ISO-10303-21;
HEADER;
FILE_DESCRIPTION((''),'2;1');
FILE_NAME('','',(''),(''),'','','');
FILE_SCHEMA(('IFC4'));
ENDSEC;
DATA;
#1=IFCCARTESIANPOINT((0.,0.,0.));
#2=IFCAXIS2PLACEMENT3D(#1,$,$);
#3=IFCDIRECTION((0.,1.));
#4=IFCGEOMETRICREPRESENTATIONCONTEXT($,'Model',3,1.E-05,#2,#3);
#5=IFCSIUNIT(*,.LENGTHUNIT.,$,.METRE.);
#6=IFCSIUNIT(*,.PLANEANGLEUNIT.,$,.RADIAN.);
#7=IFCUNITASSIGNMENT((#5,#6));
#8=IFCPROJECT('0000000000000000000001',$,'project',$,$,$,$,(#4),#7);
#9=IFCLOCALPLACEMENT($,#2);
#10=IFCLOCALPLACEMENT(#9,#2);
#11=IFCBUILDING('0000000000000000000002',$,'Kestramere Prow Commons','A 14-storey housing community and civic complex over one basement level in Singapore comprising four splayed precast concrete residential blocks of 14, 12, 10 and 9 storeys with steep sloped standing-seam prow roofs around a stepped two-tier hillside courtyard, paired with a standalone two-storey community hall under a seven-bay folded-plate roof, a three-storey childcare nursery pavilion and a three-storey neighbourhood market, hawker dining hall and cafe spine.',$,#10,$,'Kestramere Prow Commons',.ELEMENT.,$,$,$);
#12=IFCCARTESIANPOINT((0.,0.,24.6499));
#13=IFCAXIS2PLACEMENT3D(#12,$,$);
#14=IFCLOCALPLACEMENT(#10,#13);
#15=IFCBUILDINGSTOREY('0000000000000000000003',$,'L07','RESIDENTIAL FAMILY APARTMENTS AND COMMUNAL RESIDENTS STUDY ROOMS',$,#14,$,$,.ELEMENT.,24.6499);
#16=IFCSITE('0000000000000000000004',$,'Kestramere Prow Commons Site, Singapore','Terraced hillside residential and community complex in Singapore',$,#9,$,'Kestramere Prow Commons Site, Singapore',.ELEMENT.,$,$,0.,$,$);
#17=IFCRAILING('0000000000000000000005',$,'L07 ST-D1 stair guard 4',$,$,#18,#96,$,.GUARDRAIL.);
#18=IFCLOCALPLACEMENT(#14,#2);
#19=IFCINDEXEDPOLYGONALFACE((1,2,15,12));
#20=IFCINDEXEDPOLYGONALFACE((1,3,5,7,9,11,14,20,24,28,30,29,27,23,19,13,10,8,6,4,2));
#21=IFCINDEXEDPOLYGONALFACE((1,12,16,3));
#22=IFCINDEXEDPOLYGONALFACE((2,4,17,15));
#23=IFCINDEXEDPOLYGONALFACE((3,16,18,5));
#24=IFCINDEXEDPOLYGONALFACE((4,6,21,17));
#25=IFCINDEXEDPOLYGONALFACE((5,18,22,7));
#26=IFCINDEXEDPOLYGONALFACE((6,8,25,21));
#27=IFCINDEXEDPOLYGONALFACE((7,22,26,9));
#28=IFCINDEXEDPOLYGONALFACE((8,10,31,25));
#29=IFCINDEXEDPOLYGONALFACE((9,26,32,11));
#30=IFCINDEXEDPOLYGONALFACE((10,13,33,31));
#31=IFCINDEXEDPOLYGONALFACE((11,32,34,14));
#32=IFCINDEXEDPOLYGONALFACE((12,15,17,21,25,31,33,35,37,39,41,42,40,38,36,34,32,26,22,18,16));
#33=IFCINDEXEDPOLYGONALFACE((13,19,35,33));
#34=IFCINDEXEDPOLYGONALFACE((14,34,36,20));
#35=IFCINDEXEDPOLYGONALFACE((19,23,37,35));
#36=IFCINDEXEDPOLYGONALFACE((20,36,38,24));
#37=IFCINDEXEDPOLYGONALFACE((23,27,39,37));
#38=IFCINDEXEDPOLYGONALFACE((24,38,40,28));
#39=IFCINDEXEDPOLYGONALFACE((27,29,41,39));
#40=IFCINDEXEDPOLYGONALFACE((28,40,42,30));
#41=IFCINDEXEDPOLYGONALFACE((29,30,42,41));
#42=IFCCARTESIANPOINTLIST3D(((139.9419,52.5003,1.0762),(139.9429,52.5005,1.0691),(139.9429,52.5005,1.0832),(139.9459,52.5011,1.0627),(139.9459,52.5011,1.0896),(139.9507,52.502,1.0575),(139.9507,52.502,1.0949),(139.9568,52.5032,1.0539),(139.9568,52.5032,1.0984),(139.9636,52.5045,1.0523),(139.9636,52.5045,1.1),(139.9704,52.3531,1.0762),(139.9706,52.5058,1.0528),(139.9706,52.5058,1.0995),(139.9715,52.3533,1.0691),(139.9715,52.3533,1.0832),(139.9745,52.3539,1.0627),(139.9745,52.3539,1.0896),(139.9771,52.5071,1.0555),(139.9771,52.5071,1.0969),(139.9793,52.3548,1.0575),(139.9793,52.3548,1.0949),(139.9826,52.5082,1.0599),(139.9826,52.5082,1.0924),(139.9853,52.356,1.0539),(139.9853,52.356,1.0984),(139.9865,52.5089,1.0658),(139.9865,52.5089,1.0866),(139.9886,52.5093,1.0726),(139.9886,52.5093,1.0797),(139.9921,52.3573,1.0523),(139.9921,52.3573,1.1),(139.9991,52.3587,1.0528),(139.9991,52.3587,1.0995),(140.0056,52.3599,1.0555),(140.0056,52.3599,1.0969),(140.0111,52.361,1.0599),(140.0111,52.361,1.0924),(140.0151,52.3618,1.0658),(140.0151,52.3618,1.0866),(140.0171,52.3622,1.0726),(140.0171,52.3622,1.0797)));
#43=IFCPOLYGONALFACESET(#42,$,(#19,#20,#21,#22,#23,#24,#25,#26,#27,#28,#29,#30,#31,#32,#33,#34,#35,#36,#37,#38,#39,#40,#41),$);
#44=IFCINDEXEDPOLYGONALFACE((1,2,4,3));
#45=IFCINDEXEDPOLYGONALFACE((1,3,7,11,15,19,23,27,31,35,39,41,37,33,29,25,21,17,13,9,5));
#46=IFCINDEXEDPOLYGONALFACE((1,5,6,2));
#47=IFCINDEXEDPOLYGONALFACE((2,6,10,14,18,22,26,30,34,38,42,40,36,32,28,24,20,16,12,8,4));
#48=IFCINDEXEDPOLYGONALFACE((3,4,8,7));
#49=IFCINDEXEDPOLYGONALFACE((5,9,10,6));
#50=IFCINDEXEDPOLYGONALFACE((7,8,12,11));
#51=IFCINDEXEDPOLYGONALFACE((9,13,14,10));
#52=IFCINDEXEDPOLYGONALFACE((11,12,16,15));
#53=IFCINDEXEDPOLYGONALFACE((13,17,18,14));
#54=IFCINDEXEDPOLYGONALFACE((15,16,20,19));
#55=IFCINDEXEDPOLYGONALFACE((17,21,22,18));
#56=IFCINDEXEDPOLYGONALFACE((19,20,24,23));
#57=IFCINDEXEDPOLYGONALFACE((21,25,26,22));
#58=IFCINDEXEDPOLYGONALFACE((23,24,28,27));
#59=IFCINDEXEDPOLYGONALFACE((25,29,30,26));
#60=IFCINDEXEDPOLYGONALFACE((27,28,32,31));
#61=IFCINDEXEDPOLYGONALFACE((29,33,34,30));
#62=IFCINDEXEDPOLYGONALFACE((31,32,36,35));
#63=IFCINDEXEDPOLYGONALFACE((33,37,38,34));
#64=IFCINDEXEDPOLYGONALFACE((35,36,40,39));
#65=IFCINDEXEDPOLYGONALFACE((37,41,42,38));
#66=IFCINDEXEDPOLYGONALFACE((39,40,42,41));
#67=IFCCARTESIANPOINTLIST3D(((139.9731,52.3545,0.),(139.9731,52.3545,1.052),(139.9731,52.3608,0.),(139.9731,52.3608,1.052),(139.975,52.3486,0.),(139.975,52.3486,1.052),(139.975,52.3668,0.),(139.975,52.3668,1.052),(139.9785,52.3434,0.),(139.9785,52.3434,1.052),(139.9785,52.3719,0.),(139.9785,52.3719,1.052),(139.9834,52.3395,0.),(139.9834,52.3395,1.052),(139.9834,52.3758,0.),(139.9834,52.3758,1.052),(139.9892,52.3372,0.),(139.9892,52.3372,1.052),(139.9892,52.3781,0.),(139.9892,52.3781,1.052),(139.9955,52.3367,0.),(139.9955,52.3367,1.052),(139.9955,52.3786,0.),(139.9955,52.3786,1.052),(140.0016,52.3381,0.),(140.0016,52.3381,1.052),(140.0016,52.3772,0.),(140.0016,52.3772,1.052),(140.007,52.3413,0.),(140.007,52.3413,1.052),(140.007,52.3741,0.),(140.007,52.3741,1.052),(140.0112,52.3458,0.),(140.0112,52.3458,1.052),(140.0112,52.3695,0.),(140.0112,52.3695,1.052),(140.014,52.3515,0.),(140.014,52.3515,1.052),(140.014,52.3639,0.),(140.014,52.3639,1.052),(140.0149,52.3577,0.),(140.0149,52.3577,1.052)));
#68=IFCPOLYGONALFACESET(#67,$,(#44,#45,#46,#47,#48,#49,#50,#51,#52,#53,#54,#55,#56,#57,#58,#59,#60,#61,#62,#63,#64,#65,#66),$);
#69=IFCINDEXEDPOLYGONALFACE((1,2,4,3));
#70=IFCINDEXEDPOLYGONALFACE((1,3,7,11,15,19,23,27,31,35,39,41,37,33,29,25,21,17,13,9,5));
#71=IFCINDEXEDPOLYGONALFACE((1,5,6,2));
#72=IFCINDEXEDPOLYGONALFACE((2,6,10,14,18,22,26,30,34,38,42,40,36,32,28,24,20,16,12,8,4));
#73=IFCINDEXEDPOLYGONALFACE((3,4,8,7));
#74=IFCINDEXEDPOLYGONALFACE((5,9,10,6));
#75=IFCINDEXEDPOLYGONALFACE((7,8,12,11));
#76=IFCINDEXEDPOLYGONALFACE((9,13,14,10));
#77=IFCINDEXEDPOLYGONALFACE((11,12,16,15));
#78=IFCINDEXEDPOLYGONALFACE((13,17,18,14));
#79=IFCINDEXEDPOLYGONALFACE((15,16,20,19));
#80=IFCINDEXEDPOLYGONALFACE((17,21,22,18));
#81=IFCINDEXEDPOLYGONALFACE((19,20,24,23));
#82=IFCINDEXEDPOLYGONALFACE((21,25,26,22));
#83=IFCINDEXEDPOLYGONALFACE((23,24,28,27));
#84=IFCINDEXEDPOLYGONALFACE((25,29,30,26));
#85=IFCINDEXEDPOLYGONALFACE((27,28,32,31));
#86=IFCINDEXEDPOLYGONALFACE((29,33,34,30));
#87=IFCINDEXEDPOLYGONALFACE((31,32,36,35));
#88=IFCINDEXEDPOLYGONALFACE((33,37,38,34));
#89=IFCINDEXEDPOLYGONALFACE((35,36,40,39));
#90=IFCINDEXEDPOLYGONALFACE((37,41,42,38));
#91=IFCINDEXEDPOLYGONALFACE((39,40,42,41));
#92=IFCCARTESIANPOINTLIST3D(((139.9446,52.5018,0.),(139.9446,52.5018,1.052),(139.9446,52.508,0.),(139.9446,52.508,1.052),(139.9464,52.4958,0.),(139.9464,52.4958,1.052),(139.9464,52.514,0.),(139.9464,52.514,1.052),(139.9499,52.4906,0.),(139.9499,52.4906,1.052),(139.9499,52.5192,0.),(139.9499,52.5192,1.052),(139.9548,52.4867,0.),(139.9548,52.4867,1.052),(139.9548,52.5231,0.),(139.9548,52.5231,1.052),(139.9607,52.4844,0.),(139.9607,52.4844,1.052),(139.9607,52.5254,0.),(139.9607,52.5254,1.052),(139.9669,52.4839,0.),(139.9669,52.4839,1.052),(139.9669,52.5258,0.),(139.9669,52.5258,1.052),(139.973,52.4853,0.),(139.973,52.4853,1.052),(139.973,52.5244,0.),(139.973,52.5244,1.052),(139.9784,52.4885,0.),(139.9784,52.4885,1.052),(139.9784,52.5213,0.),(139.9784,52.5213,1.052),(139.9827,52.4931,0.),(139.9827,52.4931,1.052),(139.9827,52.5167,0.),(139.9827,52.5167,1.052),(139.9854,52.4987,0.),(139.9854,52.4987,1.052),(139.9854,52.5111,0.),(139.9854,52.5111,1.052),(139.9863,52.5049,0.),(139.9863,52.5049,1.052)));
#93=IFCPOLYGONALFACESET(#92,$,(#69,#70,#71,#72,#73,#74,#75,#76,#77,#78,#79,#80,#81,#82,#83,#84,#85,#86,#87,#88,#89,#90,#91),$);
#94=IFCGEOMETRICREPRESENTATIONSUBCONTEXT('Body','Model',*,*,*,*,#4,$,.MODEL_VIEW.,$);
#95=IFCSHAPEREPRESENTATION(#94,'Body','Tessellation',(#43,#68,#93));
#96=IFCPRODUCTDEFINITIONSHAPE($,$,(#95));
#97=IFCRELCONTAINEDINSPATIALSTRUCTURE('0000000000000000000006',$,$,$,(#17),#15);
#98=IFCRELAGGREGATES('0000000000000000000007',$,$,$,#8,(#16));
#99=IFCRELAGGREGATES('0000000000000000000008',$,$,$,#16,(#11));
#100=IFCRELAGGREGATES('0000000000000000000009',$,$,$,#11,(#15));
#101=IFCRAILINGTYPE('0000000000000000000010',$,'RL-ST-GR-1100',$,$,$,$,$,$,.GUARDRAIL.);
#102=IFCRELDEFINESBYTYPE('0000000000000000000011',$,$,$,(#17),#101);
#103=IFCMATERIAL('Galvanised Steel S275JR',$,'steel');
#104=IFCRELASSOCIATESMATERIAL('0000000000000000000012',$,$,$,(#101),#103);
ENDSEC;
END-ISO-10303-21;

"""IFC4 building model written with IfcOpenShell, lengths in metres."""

from ifc_helpers import new_model, si_unit, direction, frame, origin, origin_2d, place, context, subcontext, project, spatial, circle, extrude, material, type_object, element, save


model = new_model("IFC4")

# Units and contexts
model_context = context("Model", 3, precision=1e-05, world=origin(), true_north=direction((0.0, 1.0)))
body_context = subcontext(model_context, "Body", "Model", "MODEL_VIEW")
ifc_project = project(units=[si_unit("LENGTHUNIT", "METRE"), si_unit("PLANEANGLEUNIT", "RADIAN")], contexts=[model_context])

# Site, building, storey
site_placement = place(None, origin())
site = spatial("IfcSite", under=ifc_project, at=site_placement, Name="Kestramere Prow Commons Site, Singapore", Description="Terraced hillside residential and community complex in Singapore", LongName="Kestramere Prow Commons Site, Singapore", CompositionType="ELEMENT", RefElevation=0.0)
building_placement = place(site_placement, origin())
building = spatial("IfcBuilding", under=site, at=building_placement, Name="Kestramere Prow Commons", Description="A 14-storey housing community and civic complex over one basement level in Singapore comprising four splayed precast concrete residential blocks of 14, 12, 10 and 9 storeys with steep sloped standing-seam prow roofs around a stepped two-tier hillside courtyard, paired with a standalone two-storey community hall under a seven-bay folded-plate roof, a three-storey childcare nursery pavilion and a three-storey neighbourhood market, hawker dining hall and cafe spine.", LongName="Kestramere Prow Commons", CompositionType="ELEMENT")
storey_placement = place(building_placement, frame((0.0, 0.0, 24.6499)))
storey = spatial("IfcBuildingStorey", under=building, at=storey_placement, Name="L07", Description="RESIDENTIAL FAMILY APARTMENTS AND COMMUNAL RESIDENTS STUDY ROOMS", CompositionType="ELEMENT", Elevation=24.6499)

# Railing
ifc_material_1 = material(Name="Galvanised Steel S275JR", Category="steel")
railing_type_1 = type_object("IfcRailingType", Name="RL-ST-GR-1100", PredefinedType="GUARDRAIL", material=ifc_material_1)
railing_1_placement = place(storey_placement, frame((139.9939, 52.3577, 0.0)))
element("IfcRailing", 1, at=railing_1_placement, inside=storey, type_object=railing_type_1, Name="L07 ST-D1 stair guard 4", PredefinedType="GUARDRAIL", context=body_context, shape_type="SweptSolid", body=[
    extrude(circle(Radius=0.0239, at=origin_2d()), frame((0.0, 0.0, 1.0762), z_axis=(-0.190477, 0.981692, 0.0), x_axis=(-0.981692, -0.190477, 0.0)), (0.0, 0.0, 1.0), 0.1499),
    extrude(circle(Radius=0.021, at=origin_2d()), origin(), (0.0, 0.0, 1.0), 1.052),
    extrude(circle(Radius=0.021, at=origin_2d()), frame((-0.0286, 0.1472, 0.0)), (0.0, 0.0, 1.0), 1.052),
])

save(model, "model.ifc")
